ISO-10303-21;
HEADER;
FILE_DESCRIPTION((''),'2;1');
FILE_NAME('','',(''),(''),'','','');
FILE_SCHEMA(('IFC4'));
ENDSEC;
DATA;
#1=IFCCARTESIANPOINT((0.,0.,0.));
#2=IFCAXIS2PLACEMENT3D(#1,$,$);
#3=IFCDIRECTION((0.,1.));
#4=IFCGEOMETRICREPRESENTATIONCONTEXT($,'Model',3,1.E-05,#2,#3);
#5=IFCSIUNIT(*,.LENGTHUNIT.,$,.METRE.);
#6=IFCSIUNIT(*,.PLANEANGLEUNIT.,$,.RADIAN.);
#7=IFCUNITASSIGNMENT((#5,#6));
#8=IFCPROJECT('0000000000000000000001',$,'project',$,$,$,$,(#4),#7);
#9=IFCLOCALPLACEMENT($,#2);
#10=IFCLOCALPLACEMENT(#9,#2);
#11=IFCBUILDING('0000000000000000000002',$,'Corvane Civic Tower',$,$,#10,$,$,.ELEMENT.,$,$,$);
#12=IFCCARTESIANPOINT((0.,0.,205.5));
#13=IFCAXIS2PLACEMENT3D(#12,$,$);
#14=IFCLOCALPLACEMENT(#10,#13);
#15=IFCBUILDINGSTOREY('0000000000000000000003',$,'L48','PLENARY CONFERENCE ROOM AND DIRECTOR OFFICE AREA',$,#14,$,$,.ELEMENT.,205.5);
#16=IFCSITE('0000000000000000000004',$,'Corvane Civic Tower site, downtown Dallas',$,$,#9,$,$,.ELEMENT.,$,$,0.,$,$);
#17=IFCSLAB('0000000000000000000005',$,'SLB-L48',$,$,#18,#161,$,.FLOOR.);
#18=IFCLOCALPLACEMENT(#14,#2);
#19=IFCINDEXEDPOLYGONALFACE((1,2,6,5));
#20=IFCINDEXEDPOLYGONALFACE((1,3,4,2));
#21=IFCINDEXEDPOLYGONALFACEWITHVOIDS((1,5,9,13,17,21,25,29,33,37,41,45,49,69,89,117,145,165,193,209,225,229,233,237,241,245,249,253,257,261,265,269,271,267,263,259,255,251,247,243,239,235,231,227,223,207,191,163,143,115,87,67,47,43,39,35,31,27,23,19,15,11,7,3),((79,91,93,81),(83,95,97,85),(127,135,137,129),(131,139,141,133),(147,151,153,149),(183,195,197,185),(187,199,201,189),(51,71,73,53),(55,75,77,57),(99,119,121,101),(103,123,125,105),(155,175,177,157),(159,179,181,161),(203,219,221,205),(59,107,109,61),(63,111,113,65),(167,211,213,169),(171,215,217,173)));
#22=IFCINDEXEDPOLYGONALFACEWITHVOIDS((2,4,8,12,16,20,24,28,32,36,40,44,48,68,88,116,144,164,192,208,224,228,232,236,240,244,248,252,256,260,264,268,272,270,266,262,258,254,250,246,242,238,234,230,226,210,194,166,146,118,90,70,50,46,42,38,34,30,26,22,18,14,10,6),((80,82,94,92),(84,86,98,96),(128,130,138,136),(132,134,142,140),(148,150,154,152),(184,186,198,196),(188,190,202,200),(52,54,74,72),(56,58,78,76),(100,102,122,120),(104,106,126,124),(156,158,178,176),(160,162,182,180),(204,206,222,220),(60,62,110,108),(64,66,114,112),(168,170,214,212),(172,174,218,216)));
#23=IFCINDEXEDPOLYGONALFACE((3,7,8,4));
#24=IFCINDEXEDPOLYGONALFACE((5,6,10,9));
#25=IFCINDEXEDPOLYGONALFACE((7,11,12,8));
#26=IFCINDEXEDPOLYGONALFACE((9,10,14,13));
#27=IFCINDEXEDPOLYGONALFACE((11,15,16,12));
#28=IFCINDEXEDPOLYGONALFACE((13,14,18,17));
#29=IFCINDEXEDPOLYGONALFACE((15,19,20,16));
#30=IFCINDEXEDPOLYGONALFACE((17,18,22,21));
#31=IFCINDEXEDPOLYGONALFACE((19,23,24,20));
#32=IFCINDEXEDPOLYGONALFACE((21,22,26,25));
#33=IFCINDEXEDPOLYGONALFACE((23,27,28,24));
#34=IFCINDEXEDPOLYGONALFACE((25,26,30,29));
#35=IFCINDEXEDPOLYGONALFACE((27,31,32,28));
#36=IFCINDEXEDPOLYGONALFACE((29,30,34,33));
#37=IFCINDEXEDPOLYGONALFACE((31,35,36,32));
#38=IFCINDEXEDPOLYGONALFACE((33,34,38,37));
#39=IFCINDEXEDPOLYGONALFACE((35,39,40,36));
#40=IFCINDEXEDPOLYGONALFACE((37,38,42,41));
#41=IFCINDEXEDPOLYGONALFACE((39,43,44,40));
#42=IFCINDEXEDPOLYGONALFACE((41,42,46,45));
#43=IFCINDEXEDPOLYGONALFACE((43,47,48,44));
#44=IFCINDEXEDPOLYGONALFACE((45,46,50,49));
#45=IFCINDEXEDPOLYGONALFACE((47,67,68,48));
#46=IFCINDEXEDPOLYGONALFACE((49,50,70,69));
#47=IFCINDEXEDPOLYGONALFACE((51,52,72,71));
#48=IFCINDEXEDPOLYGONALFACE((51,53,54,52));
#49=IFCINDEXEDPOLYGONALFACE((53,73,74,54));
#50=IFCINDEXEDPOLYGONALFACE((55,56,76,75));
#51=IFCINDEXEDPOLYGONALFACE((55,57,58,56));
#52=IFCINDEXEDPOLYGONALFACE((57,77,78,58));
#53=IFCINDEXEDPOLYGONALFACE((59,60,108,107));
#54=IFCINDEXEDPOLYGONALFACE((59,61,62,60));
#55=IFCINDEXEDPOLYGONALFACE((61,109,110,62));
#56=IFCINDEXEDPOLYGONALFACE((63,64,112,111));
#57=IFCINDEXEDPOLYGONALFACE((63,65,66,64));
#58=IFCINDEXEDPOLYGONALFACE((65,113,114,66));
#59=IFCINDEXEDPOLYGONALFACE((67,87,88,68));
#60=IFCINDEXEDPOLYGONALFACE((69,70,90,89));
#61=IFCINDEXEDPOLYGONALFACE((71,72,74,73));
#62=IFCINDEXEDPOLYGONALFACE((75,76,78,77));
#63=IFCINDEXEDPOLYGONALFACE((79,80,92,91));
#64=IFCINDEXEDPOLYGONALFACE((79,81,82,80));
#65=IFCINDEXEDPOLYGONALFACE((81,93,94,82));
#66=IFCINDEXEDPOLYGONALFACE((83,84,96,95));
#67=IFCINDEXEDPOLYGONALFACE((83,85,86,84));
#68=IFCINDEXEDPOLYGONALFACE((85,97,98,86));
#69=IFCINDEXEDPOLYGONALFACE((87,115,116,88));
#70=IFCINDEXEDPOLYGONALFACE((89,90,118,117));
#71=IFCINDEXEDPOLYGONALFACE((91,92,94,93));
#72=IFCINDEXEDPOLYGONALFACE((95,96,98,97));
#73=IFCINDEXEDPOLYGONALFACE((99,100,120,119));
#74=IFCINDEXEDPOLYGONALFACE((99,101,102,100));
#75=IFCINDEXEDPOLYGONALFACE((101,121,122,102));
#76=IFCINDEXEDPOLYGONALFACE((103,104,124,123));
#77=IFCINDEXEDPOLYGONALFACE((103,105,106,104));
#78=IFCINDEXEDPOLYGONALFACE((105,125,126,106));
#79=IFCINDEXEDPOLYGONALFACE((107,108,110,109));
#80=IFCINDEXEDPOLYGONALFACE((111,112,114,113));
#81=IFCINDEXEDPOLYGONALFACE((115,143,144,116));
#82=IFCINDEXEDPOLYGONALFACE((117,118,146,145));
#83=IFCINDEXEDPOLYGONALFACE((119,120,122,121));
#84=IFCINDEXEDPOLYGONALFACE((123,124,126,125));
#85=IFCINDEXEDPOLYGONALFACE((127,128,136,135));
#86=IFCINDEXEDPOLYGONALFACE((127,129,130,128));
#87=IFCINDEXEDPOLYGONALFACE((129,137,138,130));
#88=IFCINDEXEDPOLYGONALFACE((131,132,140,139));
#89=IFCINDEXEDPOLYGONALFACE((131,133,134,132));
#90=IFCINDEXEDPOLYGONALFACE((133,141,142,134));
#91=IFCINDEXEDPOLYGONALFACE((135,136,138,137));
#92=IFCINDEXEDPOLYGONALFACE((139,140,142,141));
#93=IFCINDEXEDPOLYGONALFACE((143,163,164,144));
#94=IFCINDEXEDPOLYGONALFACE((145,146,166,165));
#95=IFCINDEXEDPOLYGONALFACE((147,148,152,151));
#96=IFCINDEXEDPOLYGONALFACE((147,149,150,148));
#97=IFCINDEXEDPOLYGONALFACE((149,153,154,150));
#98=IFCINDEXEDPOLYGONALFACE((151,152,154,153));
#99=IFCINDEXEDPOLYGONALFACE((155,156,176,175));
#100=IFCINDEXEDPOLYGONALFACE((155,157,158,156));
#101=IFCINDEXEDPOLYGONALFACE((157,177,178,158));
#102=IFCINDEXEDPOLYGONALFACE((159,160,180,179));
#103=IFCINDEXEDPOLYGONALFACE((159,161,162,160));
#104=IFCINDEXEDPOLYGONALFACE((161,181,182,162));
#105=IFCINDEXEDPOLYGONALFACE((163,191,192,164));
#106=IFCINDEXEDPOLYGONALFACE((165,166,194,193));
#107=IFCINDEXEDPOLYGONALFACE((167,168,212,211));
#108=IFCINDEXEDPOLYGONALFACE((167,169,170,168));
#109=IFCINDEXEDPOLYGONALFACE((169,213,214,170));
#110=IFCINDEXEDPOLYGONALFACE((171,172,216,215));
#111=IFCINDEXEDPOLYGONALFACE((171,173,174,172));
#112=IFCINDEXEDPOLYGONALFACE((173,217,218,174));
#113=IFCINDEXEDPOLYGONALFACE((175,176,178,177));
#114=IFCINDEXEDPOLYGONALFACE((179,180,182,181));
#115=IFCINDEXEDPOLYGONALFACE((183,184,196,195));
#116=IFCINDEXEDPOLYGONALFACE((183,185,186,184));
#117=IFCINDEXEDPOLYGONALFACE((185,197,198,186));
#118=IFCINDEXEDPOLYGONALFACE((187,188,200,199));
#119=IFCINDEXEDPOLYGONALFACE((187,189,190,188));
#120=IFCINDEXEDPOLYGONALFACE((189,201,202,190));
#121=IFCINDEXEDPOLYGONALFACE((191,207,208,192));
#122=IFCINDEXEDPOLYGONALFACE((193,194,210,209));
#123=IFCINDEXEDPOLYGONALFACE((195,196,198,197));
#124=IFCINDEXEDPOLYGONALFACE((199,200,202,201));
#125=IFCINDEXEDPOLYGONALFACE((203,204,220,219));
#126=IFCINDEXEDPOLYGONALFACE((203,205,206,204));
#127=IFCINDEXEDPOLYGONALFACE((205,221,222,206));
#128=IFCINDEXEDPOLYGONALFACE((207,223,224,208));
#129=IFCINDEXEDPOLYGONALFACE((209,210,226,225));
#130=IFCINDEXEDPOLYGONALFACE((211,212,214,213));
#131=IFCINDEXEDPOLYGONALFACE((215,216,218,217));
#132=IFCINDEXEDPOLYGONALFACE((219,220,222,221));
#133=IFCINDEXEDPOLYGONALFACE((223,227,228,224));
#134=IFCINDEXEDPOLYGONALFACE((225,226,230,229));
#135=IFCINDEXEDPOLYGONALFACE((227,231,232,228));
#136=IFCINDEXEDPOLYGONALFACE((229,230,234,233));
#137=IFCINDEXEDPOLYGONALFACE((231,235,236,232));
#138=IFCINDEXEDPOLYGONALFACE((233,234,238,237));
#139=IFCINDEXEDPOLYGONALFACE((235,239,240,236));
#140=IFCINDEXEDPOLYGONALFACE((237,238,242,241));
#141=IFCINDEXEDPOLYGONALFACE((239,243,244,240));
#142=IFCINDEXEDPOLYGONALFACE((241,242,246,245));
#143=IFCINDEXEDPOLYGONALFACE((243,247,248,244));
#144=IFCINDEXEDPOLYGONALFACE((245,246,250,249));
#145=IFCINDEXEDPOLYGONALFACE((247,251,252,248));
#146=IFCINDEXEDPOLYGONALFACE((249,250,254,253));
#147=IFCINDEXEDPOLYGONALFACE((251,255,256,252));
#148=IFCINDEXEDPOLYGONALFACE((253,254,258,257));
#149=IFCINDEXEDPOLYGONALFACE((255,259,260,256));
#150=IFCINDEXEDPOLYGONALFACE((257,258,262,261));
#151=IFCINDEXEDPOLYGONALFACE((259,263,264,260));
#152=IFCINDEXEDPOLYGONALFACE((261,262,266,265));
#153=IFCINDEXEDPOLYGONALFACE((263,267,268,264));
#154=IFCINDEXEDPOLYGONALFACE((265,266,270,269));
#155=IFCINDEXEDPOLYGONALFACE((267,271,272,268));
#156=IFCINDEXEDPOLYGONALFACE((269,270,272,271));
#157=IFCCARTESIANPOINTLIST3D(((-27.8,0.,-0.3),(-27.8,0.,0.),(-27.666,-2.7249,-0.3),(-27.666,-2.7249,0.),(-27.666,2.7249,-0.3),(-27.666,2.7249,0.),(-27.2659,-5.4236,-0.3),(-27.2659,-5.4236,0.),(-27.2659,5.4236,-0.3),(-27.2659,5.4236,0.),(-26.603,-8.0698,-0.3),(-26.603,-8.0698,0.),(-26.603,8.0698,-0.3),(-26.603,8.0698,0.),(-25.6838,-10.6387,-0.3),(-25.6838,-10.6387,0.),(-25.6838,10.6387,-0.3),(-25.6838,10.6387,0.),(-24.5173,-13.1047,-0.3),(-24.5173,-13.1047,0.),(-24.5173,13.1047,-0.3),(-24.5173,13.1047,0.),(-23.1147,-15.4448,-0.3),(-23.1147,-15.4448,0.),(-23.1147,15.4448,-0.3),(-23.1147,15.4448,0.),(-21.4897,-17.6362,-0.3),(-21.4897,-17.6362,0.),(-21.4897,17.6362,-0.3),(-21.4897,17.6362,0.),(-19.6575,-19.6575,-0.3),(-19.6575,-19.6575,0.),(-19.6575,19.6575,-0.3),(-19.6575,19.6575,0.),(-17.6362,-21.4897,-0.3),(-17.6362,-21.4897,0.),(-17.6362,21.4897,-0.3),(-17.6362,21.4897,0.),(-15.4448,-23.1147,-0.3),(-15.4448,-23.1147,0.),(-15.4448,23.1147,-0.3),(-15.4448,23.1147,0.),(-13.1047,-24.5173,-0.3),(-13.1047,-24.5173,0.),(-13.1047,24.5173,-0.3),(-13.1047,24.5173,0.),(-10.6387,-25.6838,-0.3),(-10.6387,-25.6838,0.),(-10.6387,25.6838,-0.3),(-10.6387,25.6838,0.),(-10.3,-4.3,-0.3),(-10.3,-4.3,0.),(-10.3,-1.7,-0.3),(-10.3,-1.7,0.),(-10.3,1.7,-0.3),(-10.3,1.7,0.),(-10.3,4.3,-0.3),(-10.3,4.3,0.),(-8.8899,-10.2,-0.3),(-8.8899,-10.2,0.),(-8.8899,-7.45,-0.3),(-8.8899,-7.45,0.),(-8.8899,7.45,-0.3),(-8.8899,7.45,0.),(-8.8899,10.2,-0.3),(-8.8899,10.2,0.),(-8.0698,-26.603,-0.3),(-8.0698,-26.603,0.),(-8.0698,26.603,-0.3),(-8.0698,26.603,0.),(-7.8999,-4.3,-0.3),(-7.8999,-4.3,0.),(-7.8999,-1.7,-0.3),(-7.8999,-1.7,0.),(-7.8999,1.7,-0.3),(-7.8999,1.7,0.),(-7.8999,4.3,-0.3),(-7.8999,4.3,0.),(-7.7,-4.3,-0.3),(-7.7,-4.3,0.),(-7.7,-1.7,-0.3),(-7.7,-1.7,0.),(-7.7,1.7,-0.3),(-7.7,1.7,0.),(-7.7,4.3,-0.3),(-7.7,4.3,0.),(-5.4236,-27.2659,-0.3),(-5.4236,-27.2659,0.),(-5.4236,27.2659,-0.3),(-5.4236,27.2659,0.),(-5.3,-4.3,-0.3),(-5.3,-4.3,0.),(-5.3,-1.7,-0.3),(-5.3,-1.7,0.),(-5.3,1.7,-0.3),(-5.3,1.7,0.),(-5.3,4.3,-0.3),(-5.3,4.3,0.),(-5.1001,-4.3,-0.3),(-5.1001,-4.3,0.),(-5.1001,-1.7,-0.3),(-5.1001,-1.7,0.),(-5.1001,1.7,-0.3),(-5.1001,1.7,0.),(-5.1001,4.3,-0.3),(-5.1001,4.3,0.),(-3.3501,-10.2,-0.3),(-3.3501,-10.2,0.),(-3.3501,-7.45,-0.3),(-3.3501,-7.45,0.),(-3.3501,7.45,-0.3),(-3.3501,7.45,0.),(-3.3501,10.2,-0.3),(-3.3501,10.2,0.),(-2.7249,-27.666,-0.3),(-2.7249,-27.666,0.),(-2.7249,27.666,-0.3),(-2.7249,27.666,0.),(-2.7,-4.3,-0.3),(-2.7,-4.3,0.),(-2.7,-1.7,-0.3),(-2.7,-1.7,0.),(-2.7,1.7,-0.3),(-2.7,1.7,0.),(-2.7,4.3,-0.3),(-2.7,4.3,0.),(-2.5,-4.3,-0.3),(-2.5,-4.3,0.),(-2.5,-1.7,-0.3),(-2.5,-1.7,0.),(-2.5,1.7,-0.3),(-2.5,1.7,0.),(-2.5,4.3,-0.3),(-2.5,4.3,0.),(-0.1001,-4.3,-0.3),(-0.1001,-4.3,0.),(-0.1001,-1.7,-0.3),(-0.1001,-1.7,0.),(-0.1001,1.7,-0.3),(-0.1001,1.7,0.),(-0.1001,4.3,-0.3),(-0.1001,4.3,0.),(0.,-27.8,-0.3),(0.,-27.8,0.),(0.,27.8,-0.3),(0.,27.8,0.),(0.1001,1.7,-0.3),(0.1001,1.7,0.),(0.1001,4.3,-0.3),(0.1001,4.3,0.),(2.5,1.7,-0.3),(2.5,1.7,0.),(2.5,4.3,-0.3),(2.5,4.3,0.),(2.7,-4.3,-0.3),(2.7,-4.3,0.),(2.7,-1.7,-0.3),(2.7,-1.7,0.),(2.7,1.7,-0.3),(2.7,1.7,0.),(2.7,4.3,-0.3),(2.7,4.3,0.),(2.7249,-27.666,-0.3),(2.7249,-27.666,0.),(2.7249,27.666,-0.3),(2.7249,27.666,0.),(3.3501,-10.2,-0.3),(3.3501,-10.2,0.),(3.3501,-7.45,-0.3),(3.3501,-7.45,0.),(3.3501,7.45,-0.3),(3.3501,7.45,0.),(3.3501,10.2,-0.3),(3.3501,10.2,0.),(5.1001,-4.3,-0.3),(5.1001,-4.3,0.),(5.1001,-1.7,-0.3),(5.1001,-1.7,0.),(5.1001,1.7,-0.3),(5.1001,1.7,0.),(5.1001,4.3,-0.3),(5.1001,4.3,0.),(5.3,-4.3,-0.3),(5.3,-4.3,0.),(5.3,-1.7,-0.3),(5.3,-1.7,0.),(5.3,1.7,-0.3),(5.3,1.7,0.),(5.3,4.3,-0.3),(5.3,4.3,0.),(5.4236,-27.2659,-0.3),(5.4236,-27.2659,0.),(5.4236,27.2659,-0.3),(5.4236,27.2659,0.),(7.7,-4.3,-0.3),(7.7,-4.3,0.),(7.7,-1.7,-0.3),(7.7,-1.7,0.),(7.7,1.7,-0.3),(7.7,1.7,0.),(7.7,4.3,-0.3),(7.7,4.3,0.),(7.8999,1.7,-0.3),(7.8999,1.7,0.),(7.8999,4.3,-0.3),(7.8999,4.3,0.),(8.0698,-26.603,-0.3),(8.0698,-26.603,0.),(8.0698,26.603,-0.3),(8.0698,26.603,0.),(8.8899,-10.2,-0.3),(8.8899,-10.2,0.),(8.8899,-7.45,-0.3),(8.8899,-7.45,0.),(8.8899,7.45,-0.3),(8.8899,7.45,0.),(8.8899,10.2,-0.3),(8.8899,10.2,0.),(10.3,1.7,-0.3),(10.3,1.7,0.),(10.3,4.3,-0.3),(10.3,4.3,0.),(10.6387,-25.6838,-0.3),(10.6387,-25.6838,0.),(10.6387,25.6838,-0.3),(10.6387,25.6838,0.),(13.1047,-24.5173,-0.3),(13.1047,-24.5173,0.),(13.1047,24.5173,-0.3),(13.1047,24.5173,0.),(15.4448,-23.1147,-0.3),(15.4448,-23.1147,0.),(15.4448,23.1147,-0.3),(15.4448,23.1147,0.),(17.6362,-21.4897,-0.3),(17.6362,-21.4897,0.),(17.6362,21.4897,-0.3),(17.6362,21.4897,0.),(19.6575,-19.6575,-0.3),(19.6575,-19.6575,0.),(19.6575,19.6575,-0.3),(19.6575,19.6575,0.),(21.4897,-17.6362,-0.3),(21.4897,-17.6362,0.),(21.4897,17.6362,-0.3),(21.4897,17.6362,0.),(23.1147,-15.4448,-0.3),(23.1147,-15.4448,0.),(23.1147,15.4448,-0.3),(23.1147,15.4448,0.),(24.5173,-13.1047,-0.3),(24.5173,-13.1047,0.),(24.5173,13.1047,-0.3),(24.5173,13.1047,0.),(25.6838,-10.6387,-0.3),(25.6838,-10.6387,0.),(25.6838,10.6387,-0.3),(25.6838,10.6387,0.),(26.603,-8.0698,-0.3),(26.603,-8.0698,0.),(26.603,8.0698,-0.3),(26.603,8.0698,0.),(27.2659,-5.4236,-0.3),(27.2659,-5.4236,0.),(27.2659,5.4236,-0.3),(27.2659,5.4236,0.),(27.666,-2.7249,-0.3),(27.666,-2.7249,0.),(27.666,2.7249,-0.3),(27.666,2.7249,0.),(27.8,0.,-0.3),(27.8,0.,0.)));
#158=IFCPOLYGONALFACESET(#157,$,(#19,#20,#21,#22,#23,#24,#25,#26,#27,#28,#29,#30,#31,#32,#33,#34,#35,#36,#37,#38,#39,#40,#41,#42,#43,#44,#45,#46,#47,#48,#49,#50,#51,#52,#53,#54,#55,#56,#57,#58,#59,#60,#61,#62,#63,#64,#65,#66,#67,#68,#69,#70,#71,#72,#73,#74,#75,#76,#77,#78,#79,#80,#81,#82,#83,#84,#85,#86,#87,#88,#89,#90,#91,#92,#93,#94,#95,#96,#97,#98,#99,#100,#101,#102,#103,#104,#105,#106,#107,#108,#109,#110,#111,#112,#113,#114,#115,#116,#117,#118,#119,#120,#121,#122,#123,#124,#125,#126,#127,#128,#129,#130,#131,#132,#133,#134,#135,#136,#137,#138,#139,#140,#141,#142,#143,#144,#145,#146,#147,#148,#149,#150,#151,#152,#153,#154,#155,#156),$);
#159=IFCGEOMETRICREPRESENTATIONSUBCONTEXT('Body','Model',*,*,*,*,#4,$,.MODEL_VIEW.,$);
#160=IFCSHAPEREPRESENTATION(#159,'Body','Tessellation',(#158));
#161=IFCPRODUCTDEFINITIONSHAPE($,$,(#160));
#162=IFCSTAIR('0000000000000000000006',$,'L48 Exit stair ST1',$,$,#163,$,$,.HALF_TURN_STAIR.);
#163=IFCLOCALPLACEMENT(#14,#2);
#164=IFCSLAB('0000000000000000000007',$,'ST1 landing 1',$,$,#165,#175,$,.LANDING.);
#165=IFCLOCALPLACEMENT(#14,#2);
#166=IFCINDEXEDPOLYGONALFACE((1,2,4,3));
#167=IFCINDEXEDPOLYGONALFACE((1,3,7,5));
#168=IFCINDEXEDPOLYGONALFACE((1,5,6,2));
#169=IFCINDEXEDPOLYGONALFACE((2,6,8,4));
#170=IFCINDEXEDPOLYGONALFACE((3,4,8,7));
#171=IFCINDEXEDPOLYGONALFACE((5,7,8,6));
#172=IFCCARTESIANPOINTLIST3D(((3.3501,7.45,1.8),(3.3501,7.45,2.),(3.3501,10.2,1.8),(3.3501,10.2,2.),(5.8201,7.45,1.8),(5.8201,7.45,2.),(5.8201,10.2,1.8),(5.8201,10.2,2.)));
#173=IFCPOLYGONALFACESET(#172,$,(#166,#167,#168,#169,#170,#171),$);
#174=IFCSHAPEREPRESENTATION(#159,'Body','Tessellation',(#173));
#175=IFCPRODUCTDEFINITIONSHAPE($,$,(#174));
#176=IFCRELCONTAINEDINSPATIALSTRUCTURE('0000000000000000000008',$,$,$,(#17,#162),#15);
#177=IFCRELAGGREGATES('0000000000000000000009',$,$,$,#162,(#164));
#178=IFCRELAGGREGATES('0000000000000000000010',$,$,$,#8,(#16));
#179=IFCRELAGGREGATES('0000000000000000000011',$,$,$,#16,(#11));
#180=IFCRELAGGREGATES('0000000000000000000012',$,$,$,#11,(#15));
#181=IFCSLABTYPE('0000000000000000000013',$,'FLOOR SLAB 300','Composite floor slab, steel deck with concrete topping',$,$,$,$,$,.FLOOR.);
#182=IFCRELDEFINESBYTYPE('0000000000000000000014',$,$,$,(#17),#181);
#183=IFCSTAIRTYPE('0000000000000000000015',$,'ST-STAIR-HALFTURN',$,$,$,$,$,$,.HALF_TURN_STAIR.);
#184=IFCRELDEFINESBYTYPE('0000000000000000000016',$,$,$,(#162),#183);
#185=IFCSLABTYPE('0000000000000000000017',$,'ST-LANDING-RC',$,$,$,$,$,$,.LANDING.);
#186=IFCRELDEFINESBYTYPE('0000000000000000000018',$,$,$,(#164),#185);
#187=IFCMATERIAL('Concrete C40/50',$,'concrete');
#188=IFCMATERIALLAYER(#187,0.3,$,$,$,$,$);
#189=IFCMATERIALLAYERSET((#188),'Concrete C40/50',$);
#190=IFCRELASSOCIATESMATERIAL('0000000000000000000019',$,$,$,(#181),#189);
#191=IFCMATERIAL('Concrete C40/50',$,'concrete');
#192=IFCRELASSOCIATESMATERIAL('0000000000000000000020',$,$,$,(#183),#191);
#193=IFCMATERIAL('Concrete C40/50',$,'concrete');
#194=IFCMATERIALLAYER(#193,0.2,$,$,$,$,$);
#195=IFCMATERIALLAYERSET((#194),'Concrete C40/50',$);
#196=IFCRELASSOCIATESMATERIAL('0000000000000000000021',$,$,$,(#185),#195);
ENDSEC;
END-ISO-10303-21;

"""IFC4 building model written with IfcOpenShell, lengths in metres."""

from ifc_helpers import new_model, si_unit, direction, frame, origin, place, context, subcontext, project, spatial, polyline, outline, extrude, material, layer, layer_set, type_object, element, aggregate, save


model = new_model("IFC4")

# Units and contexts
model_context = context("Model", 3, precision=1e-05, world=origin(), true_north=direction((0.0, 1.0)))
body_context = subcontext(model_context, "Body", "Model", "MODEL_VIEW")
ifc_project = project(units=[si_unit("LENGTHUNIT", "METRE"), si_unit("PLANEANGLEUNIT", "RADIAN")], contexts=[model_context])

# Site, building, storey
site_placement = place(None, origin())
site = spatial("IfcSite", under=ifc_project, at=site_placement, Name="Corvane Civic Tower site, downtown Dallas", CompositionType="ELEMENT", RefElevation=0.0)
building_placement = place(site_placement, origin())
building = spatial("IfcBuilding", under=site, at=building_placement, Name="Corvane Civic Tower", CompositionType="ELEMENT")
storey_placement = place(building_placement, frame((0.0, 0.0, 205.5)))
storey = spatial("IfcBuildingStorey", under=building, at=storey_placement, Name="L48", Description="PLENARY CONFERENCE ROOM AND DIRECTOR OFFICE AREA", CompositionType="ELEMENT", Elevation=205.5)

# Slab
ifc_material_1 = material(Name="Concrete C40/50", Category="concrete")
ifc_layer_1 = layer(ifc_material_1, 0.3)
ifc_layer_set_1 = layer_set([ifc_layer_1], Name="Concrete C40/50")
slab_type_1 = type_object("IfcSlabType", Name="FLOOR SLAB 300", Description="Composite floor slab, steel deck with concrete topping", PredefinedType="FLOOR", material=ifc_layer_set_1)
slab_1_placement = place(storey_placement, frame((0.0, 0.0, -0.3)))
element("IfcSlab", 1, at=slab_1_placement, inside=storey, type_object=slab_type_1, Name="SLB-L48", PredefinedType="FLOOR", context=body_context, shape_type="SweptSolid", body=[
    extrude(outline(polyline([(0.0, 27.8), (-2.7249, 27.666), (-5.4236, 27.2659), (-8.0698, 26.603), (-10.6387, 25.6838), (-13.1047, 24.5173), (-15.4448, 23.1147), (-17.6362, 21.4897), (-19.6575, 19.6575), (-21.4897, 17.6362), (-23.1147, 15.4448), (-24.5173, 13.1047), (-25.6838, 10.6387), (-26.603, 8.0698), (-27.2659, 5.4236), (-27.666, 2.7249), (-27.8, 0.0), (-27.666, -2.7249), (-27.2659, -5.4236), (-26.603, -8.0698), (-25.6838, -10.6387), (-24.5173, -13.1047), (-23.1147, -15.4448), (-21.4897, -17.6362), (-19.6575, -19.6575), (-17.6362, -21.4897), (-15.4448, -23.1147), (-13.1047, -24.5173), (-10.6387, -25.6838), (-8.0698, -26.603), (-5.4236, -27.2659), (-2.7249, -27.666), (0.0, -27.8), (2.7249, -27.666), (5.4236, -27.2659), (8.0698, -26.603), (10.6387, -25.6838), (13.1047, -24.5173), (15.4448, -23.1147), (17.6362, -21.4897), (19.6575, -19.6575), (21.4897, -17.6362), (23.1147, -15.4448), (24.5173, -13.1047), (25.6838, -10.6387), (26.603, -8.0698), (27.2659, -5.4236), (27.666, -2.7249), (27.8, 0.0), (27.666, 2.7249), (27.2659, 5.4236), (26.603, 8.0698), (25.6838, 10.6387), (24.5173, 13.1047), (23.1147, 15.4448), (21.4897, 17.6362), (19.6575, 19.6575), (17.6362, 21.4897), (15.4448, 23.1147), (13.1047, 24.5173), (10.6387, 25.6838), (8.0698, 26.603), (5.4236, 27.2659), (2.7249, 27.666), (0.0, 27.8)]), holes=[polyline([(-10.3, 4.3), (-7.8999, 4.3), (-7.8999, 1.7), (-10.3, 1.7), (-10.3, 4.3)]), polyline([(-5.3, 1.7), (-7.7, 1.7), (-7.7, 4.3), (-5.3, 4.3), (-5.3, 1.7)]), polyline([(-5.1001, 4.3), (-2.7, 4.3), (-2.7, 1.7), (-5.1001, 1.7), (-5.1001, 4.3)]), polyline([(-0.1001, 4.3), (-0.1001, 1.7), (-2.5, 1.7), (-2.5, 4.3), (-0.1001, 4.3)]), polyline([(2.5, 4.3), (2.5, 1.7), (0.1001, 1.7), (0.1001, 4.3), (2.5, 4.3)]), polyline([(2.7, 4.3), (5.1001, 4.3), (5.1001, 1.7), (2.7, 1.7), (2.7, 4.3)]), polyline([(5.3, 4.3), (7.7, 4.3), (7.7, 1.7), (5.3, 1.7), (5.3, 4.3)]), polyline([(7.8999, 4.3), (10.3, 4.3), (10.3, 1.7), (7.8999, 1.7), (7.8999, 4.3)]), polyline([(-7.8999, -1.7), (-7.8999, -4.3), (-10.3, -4.3), (-10.3, -1.7), (-7.8999, -1.7)]), polyline([(-5.3, -1.7), (-5.3, -4.3), (-7.7, -4.3), (-7.7, -1.7), (-5.3, -1.7)]), polyline([(-5.1001, -4.3), (-5.1001, -1.7), (-2.7, -1.7), (-2.7, -4.3), (-5.1001, -4.3)]), polyline([(-2.5, -1.7), (-0.1001, -1.7), (-0.1001, -4.3), (-2.5, -4.3), (-2.5, -1.7)]), polyline([(5.1001, -1.7), (5.1001, -4.3), (2.7, -4.3), (2.7, -1.7), (5.1001, -1.7)]), polyline([(7.7, -1.7), (7.7, -4.3), (5.3, -4.3), (5.3, -1.7), (7.7, -1.7)]), polyline([(8.8899, 10.2), (8.8899, 7.45), (3.3501, 7.45), (3.3501, 10.2), (8.8899, 10.2)]), polyline([(-8.8899, 7.45), (-8.8899, 10.2), (-3.3501, 10.2), (-3.3501, 7.45), (-8.8899, 7.45)]), polyline([(8.8899, -7.45), (8.8899, -10.2), (3.3501, -10.2), (3.3501, -7.45), (8.8899, -7.45)]), polyline([(-8.8899, -10.2), (-8.8899, -7.45), (-3.3501, -7.45), (-3.3501, -10.2), (-8.8899, -10.2)])]), origin(), (0.0, 0.0, 1.0), 0.3),
])

# Stair, slab
ifc_material_2 = material(Name="Concrete C40/50", Category="concrete")
stair_type = type_object("IfcStairType", Name="ST-STAIR-HALFTURN", PredefinedType="HALF_TURN_STAIR", material=ifc_material_2)
stair_1_placement = place(storey_placement, origin())
stair_1 = element("IfcStair", 2, at=stair_1_placement, inside=storey, type_object=stair_type, Name="L48 Exit stair ST1", PredefinedType="HALF_TURN_STAIR")
ifc_material_3 = material(Name="Concrete C40/50", Category="concrete")
ifc_layer_2 = layer(ifc_material_3, 0.2)
ifc_layer_set_2 = layer_set([ifc_layer_2], Name="Concrete C40/50")
slab_type_2 = type_object("IfcSlabType", Name="ST-LANDING-RC", PredefinedType="LANDING", material=ifc_layer_set_2)
slab_2_placement = place(storey_placement, frame((0.0, 0.0, 1.8)))
slab_2 = element("IfcSlab", 3, at=slab_2_placement, type_object=slab_type_2, Name="ST1 landing 1", PredefinedType="LANDING", context=body_context, shape_type="SweptSolid", body=[
    extrude(outline(polyline([(5.8201, 10.2), (3.3501, 10.2), (3.3501, 7.45), (5.8201, 7.45), (5.8201, 10.2)])), origin(), (0.0, 0.0, 1.0), 0.2),
])
aggregate(stair_1, [slab_2])

save(model, "model.ifc")
